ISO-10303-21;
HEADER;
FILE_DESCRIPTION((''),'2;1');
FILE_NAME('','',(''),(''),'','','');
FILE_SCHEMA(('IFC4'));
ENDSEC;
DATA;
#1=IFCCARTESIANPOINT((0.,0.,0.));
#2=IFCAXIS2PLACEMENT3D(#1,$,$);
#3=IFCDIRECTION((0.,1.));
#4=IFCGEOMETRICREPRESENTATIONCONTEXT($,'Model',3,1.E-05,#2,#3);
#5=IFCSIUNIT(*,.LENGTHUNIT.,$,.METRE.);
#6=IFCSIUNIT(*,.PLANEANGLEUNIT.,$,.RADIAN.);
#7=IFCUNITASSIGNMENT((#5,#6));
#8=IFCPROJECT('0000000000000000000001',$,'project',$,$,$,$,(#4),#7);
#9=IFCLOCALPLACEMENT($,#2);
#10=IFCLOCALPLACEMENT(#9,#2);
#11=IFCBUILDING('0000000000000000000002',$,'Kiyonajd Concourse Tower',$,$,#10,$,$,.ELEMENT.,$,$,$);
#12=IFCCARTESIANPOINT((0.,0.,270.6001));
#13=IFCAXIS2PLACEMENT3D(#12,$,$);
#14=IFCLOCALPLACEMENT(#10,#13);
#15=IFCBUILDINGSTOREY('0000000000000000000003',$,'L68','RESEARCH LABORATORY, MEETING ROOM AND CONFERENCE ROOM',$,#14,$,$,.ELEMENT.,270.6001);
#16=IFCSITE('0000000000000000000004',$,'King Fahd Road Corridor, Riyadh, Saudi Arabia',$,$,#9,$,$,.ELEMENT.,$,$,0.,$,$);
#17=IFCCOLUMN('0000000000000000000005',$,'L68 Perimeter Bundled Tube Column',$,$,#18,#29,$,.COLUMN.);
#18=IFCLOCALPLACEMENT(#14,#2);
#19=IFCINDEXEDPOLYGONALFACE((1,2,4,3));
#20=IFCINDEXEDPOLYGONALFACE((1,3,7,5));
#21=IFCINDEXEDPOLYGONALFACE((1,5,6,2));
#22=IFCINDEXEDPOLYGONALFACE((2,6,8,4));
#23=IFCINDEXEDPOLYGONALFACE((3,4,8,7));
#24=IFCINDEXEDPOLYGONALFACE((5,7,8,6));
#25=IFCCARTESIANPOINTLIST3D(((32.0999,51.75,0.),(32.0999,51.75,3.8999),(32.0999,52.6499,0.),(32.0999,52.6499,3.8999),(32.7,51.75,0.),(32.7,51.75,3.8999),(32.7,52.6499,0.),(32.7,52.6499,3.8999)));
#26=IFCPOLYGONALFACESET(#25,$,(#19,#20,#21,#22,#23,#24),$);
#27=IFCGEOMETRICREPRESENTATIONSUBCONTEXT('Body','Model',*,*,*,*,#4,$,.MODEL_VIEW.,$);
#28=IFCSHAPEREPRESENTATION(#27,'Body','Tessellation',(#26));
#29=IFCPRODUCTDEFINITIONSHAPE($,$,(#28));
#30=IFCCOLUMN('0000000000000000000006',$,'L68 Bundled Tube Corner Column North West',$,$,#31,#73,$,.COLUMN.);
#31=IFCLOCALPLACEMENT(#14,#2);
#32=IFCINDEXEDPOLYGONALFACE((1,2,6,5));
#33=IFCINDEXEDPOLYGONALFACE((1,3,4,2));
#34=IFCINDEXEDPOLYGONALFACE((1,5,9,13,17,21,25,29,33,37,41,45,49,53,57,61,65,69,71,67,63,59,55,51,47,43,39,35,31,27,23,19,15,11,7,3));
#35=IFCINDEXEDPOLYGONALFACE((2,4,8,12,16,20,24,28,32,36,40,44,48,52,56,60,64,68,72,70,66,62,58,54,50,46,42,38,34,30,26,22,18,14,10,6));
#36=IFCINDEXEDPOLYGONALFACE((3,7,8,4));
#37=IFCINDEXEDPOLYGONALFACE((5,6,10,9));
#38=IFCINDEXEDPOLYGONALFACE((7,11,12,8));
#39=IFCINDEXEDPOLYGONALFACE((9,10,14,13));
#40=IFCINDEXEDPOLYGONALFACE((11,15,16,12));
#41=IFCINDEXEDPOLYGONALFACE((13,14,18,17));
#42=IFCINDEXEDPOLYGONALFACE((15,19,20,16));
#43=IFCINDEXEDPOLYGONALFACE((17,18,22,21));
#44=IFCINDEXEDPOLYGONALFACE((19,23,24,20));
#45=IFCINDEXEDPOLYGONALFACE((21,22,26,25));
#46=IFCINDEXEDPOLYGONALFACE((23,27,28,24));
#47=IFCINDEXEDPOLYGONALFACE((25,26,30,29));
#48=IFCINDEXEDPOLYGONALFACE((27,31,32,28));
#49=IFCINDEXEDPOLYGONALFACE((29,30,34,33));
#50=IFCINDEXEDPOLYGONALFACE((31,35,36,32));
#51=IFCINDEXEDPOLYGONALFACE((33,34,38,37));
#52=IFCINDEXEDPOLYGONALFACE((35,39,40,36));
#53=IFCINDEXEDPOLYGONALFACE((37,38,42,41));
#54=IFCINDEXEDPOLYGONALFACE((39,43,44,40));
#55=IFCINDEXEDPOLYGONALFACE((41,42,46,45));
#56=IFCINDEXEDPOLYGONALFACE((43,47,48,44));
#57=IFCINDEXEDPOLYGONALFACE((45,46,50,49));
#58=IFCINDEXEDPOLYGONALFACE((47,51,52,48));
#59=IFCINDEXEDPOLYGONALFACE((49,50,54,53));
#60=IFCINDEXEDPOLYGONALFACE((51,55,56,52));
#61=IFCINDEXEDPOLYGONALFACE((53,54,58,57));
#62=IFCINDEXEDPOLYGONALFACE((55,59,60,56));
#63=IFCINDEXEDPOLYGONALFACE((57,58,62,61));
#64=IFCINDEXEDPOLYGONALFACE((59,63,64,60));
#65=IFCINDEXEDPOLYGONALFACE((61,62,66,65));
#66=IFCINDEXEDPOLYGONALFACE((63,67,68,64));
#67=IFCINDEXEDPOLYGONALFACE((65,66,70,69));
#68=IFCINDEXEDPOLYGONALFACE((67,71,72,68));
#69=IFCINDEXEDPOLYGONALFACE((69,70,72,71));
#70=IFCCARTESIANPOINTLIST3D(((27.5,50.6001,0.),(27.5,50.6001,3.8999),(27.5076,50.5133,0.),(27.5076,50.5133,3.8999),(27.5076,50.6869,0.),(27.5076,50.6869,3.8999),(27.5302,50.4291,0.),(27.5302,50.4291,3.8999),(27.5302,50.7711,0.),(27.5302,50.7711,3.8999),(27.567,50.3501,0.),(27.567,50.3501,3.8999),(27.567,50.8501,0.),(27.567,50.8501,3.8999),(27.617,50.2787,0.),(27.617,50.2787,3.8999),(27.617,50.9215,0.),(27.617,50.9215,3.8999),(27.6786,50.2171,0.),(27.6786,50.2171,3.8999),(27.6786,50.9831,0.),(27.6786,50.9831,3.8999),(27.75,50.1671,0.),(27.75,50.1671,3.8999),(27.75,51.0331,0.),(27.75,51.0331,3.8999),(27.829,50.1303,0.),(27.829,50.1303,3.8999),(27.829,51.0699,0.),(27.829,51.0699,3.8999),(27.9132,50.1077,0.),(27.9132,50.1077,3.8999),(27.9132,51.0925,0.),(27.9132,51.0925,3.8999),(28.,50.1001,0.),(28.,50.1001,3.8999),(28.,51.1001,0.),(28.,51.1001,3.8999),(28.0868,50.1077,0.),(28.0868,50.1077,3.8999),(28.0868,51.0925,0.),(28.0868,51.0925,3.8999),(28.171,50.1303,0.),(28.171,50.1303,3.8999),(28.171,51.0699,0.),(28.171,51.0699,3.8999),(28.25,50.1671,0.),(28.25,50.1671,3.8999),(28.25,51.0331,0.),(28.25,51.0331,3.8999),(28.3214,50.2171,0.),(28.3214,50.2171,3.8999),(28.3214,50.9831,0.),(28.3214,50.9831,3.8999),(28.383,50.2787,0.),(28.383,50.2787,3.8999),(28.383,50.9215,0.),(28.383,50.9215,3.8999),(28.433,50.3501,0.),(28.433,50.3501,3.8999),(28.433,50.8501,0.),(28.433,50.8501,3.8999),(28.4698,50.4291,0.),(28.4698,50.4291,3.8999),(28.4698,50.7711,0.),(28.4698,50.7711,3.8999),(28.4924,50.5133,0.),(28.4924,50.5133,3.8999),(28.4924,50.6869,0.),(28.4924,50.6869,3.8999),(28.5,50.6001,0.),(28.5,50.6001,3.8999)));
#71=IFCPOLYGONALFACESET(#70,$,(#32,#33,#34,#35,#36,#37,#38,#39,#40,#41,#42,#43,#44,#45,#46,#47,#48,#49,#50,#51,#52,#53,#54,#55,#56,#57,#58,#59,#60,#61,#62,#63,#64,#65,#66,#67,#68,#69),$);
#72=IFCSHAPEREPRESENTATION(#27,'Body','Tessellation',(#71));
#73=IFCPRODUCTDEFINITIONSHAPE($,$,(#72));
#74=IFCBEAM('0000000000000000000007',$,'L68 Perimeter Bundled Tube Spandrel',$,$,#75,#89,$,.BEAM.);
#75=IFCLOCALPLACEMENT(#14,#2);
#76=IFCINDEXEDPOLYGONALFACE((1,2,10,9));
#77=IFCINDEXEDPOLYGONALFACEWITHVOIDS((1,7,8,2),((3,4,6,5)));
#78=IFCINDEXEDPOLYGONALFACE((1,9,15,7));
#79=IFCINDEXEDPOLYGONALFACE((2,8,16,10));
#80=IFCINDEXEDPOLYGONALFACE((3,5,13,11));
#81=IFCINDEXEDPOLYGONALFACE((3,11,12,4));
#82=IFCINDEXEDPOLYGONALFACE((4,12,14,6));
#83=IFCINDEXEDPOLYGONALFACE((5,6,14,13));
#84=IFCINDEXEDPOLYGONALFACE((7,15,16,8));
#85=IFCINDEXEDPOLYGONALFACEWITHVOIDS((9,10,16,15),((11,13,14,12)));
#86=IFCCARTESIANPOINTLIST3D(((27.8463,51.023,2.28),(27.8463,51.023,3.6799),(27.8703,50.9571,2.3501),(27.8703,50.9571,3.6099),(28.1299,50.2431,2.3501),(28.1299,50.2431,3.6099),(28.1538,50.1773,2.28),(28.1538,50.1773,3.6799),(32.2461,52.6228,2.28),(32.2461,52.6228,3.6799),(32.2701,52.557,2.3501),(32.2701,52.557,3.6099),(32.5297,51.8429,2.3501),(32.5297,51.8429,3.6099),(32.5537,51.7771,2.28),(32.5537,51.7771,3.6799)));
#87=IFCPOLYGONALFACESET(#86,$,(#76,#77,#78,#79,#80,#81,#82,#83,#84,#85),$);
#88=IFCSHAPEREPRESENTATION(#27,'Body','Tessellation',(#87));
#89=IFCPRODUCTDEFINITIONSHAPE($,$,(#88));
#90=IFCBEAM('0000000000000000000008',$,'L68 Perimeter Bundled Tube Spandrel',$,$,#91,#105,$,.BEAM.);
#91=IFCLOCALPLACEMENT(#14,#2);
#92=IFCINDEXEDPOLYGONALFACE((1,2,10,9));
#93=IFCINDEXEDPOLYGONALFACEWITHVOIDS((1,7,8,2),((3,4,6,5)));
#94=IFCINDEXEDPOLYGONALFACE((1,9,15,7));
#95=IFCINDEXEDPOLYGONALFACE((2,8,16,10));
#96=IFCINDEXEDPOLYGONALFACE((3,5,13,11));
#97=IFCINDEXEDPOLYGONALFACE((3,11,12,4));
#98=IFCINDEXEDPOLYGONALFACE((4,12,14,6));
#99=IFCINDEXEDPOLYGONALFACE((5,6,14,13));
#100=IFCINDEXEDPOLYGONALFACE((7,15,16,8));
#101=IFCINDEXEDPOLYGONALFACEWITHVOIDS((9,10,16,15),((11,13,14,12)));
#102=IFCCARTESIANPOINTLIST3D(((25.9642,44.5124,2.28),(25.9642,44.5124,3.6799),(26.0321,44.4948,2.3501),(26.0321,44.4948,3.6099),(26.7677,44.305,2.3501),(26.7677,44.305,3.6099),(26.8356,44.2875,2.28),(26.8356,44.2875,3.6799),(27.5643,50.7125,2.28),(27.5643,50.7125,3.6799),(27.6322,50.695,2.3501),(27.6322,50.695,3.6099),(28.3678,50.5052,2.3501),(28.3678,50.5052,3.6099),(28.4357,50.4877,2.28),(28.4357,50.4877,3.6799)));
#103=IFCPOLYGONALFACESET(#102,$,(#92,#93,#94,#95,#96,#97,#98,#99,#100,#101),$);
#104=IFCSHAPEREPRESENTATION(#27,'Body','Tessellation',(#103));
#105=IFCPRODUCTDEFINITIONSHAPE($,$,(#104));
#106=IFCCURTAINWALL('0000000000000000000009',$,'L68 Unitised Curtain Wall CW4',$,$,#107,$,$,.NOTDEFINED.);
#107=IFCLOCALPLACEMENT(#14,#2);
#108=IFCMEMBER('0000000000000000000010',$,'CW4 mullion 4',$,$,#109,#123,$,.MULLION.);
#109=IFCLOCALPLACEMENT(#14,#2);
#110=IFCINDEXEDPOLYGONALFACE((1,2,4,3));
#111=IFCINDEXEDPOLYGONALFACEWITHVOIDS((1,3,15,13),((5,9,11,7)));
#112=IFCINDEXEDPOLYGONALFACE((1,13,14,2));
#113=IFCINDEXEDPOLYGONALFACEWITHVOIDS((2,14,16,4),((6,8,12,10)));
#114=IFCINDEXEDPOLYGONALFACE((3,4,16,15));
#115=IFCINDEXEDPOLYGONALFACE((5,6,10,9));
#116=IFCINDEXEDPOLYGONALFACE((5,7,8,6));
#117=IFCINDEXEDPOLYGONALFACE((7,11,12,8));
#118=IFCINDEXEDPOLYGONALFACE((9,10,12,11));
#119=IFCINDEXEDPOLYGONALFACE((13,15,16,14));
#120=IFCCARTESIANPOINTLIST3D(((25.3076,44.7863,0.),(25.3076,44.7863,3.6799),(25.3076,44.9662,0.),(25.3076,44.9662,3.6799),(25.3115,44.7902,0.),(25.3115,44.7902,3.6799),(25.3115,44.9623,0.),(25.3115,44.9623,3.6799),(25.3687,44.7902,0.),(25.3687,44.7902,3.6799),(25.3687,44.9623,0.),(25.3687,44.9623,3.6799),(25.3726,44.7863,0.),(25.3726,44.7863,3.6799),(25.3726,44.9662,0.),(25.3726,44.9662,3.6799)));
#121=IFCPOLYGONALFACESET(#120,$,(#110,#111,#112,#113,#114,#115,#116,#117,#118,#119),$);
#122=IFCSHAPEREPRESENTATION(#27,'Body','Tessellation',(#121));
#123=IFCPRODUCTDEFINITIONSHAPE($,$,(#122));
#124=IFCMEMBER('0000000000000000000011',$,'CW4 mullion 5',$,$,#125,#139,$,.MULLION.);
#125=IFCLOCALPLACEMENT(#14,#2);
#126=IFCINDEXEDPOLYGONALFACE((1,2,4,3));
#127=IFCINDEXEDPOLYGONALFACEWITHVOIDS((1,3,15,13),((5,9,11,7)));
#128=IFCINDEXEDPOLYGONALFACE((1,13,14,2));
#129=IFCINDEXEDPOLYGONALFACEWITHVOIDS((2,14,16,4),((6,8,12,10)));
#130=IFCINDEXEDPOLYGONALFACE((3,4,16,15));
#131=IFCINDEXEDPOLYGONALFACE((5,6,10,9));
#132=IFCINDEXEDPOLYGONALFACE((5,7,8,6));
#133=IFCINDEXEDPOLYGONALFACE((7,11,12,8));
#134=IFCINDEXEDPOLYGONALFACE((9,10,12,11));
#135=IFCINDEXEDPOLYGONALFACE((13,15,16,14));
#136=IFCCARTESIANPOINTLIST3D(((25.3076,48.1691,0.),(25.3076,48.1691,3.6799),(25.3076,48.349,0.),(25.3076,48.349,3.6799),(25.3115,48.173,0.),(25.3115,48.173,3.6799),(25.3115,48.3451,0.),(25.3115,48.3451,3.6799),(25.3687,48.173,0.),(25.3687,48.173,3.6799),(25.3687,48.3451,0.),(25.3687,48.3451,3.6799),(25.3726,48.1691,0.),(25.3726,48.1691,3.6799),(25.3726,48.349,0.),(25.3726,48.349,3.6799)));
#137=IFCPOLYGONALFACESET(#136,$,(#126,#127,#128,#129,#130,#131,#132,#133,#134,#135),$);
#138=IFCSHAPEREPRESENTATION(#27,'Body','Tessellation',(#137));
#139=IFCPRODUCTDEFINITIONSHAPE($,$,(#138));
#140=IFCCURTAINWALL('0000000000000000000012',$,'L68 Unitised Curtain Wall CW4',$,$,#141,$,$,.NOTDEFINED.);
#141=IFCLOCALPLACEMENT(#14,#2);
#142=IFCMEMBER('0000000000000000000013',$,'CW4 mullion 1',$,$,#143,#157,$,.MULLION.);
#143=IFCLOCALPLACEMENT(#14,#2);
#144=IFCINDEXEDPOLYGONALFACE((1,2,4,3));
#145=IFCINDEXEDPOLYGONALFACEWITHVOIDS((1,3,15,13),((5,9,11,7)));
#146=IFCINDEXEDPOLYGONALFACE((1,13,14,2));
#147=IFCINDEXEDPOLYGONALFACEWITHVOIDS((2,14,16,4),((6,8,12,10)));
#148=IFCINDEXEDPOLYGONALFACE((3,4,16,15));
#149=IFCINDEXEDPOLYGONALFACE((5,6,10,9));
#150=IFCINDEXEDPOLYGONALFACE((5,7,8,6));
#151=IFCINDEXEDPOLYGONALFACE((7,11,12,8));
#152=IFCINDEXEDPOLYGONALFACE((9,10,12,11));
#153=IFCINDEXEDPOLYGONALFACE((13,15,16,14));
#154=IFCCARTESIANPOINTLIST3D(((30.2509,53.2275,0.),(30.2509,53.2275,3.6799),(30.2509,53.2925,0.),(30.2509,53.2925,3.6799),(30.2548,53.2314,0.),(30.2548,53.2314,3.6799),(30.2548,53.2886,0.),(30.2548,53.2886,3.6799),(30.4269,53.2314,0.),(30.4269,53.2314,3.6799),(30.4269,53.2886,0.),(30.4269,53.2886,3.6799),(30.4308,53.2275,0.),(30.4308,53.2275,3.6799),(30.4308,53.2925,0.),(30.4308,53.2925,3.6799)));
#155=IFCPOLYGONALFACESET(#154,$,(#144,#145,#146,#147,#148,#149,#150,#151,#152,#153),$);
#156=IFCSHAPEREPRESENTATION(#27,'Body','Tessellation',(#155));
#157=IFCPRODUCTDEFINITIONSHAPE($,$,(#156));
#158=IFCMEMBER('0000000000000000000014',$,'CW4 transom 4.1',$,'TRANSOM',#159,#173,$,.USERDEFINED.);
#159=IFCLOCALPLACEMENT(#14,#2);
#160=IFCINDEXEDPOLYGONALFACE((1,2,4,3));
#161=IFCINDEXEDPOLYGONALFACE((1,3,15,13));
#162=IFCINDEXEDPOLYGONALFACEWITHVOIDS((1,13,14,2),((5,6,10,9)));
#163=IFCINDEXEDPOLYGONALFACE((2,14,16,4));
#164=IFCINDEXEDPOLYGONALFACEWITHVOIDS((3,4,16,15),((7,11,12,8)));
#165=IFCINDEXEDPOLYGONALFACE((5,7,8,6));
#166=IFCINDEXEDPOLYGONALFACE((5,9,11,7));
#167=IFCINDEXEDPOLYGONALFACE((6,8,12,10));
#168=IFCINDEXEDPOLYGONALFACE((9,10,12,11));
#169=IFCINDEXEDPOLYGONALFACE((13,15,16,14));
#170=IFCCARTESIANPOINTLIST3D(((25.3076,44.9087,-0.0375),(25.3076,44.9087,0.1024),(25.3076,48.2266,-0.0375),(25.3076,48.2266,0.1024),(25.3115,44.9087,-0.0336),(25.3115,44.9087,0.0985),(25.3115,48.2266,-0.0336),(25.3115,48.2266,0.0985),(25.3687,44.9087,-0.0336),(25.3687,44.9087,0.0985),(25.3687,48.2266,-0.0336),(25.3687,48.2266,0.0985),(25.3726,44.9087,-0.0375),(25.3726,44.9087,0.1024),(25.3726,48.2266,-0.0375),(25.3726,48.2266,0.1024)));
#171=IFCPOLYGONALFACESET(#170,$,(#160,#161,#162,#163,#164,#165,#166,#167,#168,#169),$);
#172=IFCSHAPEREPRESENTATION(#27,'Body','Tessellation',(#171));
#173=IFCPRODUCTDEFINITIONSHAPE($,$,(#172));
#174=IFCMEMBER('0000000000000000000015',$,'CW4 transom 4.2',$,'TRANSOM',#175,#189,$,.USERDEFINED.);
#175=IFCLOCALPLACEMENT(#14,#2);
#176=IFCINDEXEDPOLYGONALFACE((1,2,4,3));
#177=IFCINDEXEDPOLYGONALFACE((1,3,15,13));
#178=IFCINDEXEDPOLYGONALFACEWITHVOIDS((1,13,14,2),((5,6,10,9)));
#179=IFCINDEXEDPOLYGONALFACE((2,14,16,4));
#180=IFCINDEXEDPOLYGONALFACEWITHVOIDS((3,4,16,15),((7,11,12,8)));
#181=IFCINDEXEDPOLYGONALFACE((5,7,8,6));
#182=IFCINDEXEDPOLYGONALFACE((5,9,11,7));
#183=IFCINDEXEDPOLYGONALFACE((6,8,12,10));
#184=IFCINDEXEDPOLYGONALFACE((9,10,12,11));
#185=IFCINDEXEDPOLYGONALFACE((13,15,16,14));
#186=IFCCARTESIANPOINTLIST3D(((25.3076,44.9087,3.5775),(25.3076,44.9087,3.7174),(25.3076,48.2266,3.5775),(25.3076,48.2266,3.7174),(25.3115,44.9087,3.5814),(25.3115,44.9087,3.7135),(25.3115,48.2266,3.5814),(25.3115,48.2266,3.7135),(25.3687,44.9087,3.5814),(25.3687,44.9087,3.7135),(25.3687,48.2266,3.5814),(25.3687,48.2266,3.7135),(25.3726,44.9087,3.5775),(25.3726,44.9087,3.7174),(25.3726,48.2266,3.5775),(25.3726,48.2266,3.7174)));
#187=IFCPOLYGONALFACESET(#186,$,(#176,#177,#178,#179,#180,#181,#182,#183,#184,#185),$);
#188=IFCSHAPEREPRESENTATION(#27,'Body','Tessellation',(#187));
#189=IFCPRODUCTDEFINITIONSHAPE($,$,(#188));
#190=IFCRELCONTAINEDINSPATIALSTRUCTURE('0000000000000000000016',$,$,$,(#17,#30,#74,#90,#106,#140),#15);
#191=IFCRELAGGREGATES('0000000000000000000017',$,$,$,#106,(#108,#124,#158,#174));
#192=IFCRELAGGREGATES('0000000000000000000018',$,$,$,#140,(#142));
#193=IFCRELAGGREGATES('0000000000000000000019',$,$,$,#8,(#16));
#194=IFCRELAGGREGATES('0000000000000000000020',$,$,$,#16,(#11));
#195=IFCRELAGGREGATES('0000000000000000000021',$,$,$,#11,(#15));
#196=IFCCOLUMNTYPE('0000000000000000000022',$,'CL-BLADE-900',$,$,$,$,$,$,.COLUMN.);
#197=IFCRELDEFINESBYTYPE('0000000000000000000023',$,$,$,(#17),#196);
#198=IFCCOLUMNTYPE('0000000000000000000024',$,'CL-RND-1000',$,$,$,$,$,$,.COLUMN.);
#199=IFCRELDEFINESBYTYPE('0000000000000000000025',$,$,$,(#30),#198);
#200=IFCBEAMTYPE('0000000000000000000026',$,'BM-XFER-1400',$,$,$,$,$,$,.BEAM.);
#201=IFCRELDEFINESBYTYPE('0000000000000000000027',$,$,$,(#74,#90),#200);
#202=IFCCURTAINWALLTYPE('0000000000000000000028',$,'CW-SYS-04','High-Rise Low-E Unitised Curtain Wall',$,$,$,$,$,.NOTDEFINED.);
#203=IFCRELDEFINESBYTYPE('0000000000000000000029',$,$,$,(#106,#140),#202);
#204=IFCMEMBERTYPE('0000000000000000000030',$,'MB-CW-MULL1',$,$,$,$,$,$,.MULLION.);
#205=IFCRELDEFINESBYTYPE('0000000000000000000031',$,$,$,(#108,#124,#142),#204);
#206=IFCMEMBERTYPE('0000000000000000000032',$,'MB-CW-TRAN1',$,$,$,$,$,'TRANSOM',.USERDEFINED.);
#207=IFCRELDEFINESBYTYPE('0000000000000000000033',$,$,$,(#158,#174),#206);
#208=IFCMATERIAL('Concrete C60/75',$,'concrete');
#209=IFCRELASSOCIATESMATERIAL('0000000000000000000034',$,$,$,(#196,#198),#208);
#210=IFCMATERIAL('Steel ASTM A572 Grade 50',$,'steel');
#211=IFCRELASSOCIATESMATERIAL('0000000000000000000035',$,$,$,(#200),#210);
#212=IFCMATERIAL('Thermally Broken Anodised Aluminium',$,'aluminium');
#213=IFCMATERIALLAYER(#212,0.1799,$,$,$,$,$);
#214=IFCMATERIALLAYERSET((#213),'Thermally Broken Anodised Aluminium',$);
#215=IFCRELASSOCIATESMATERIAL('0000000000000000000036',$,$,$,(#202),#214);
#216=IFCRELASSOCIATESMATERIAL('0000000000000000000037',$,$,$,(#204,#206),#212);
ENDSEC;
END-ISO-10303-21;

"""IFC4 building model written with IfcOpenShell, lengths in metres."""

from ifc_helpers import new_model, si_unit, direction, frame, origin, origin_2d, place, context, subcontext, project, spatial, rectangle, hollow_rectangle, circle, extrude, material, layer, layer_set, material_profile, profile_set, type_object, element, aggregate, save


model = new_model("IFC4")

# Units and contexts
model_context = context("Model", 3, precision=1e-05, world=origin(), true_north=direction((0.0, 1.0)))
body_context = subcontext(model_context, "Body", "Model", "MODEL_VIEW")
ifc_project = project(units=[si_unit("LENGTHUNIT", "METRE"), si_unit("PLANEANGLEUNIT", "RADIAN")], contexts=[model_context])

# Site, building, storey
site_placement = place(None, origin())
site = spatial("IfcSite", under=ifc_project, at=site_placement, Name="King Fahd Road Corridor, Riyadh, Saudi Arabia", CompositionType="ELEMENT", RefElevation=0.0)
building_placement = place(site_placement, origin())
building = spatial("IfcBuilding", under=site, at=building_placement, Name="Kiyonajd Concourse Tower", CompositionType="ELEMENT")
storey_placement = place(building_placement, frame((0.0, 0.0, 270.6001)))
storey = spatial("IfcBuildingStorey", under=building, at=storey_placement, Name="L68", Description="RESEARCH LABORATORY, MEETING ROOM AND CONFERENCE ROOM", CompositionType="ELEMENT", Elevation=270.6001)

# Columns
ifc_material_1 = material(Name="Concrete C60/75", Category="concrete")
ifc_material_profile_1 = material_profile(ifc_material_1, rectangle(XDim=0.6001, YDim=0.8999, at=origin_2d()), Name="RC-900x600")
ifc_profile_set_1 = profile_set([ifc_material_profile_1], Name="Concrete C60/75")
column_type_1 = type_object("IfcColumnType", Name="CL-BLADE-900", PredefinedType="COLUMN", material=ifc_profile_set_1)
column_1_placement = place(storey_placement, frame((32.3999, 52.2, 0.0), z_axis=(0.0, 0.0, 1.0), x_axis=(1.0, 0.0, 0.0)))
element("IfcColumn", 1, at=column_1_placement, inside=storey, type_object=column_type_1, Name="L68 Perimeter Bundled Tube Column", PredefinedType="COLUMN", context=body_context, shape_type="SweptSolid", body=[
    extrude(rectangle(XDim=0.6001, YDim=0.8999, at=origin_2d()), origin(), (0.0, 0.0, 1.0), 3.8999),
])
ifc_material_profile_2 = material_profile(ifc_material_1, circle(Radius=0.5, at=origin_2d()), Name="RCC-D1000")
ifc_profile_set_2 = profile_set([ifc_material_profile_2], Name="Concrete C60/75")
column_type_2 = type_object("IfcColumnType", Name="CL-RND-1000", PredefinedType="COLUMN", material=ifc_profile_set_2)
column_2_placement = place(storey_placement, frame((28.0, 50.6001, 0.0), z_axis=(0.0, 0.0, 1.0), x_axis=(1.0, 0.0, 0.0)))
element("IfcColumn", 2, at=column_2_placement, inside=storey, type_object=column_type_2, Name="L68 Bundled Tube Corner Column North West", PredefinedType="COLUMN", context=body_context, shape_type="SweptSolid", body=[
    extrude(circle(Radius=0.5, at=origin_2d()), origin(), (0.0, 0.0, 1.0), 3.8999),
])

# Beams
ifc_material_2 = material(Name="Steel ASTM A572 Grade 50", Category="steel")
ifc_material_profile_3 = material_profile(ifc_material_2, hollow_rectangle(XDim=0.8999, YDim=1.3999, WallThickness=0.0701, at=origin_2d()), Name="BOX-1400x900x70")
ifc_profile_set_3 = profile_set([ifc_material_profile_3], Name="Steel ASTM A572 Grade 50")
beam_type = type_object("IfcBeamType", Name="BM-XFER-1400", PredefinedType="BEAM", material=ifc_profile_set_3)
beam_1_placement = place(storey_placement, frame((32.3999, 52.2, 2.98), z_axis=(-0.939801, -0.341722, 0.0), x_axis=(0.341722, -0.939801, 0.0)))
element("IfcBeam", 3, at=beam_1_placement, inside=storey, type_object=beam_type, Name="L68 Perimeter Bundled Tube Spandrel", PredefinedType="BEAM", context=body_context, shape_type="SweptSolid", body=[
    extrude(hollow_rectangle(XDim=0.8999, YDim=1.3999, WallThickness=0.0701, at=origin_2d()), origin(), (0.0, 0.0, 1.0), 4.6816),
])
beam_2_placement = place(storey_placement, frame((28.0, 50.6001, 2.98), z_axis=(-0.249885, -0.968276, 0.0), x_axis=(0.968276, -0.249885, 0.0)))
element("IfcBeam", 4, at=beam_2_placement, inside=storey, type_object=beam_type, Name="L68 Perimeter Bundled Tube Spandrel", PredefinedType="BEAM", context=body_context, shape_type="SweptSolid", body=[
    extrude(hollow_rectangle(XDim=0.8999, YDim=1.3999, WallThickness=0.0701, at=origin_2d()), origin(), (0.0, 0.0, 1.0), 6.4033),
])

# Curtain wall, members
ifc_material_3 = material(Name="Thermally Broken Anodised Aluminium", Category="aluminium")
ifc_layer_1 = layer(ifc_material_3, 0.1799)
ifc_layer_set_1 = layer_set([ifc_layer_1], Name="Thermally Broken Anodised Aluminium")
curtain_wall_type = type_object("IfcCurtainWallType", Name="CW-SYS-04", Description="High-Rise Low-E Unitised Curtain Wall", PredefinedType="NOTDEFINED", material=ifc_layer_set_1)
curtain_wall_1_placement = place(storey_placement, origin())
curtain_wall_1 = element("IfcCurtainWall", 5, at=curtain_wall_1_placement, inside=storey, type_object=curtain_wall_type, Name="L68 Unitised Curtain Wall CW4", PredefinedType="NOTDEFINED")
ifc_material_profile_4 = material_profile(ifc_material_3, hollow_rectangle(XDim=0.0649, YDim=0.1799, WallThickness=0.0039, at=origin_2d()), Name="MULL-65x180")
ifc_profile_set_4 = profile_set([ifc_material_profile_4], Name="Thermally Broken Anodised Aluminium")
member_type_1 = type_object("IfcMemberType", Name="MB-CW-MULL1", PredefinedType="MULLION", material=ifc_profile_set_4)
member_1_placement = place(storey_placement, frame((25.3401, 44.8762, 0.0), z_axis=(0.0, 0.0, 1.0), x_axis=(-1.0, 0.0, 0.0)))
member_1 = element("IfcMember", 6, at=member_1_placement, type_object=member_type_1, Name="CW4 mullion 4", PredefinedType="MULLION", context=body_context, shape_type="SweptSolid", body=[
    extrude(hollow_rectangle(XDim=0.0649, YDim=0.1799, WallThickness=0.0039, at=origin_2d()), origin(), (0.0, 0.0, 1.0), 3.6799),
])
member_2_placement = place(storey_placement, frame((25.3401, 48.259, 0.0), z_axis=(0.0, 0.0, 1.0), x_axis=(-1.0, 0.0, 0.0)))
member_2 = element("IfcMember", 7, at=member_2_placement, type_object=member_type_1, Name="CW4 mullion 5", PredefinedType="MULLION", context=body_context, shape_type="SweptSolid", body=[
    extrude(hollow_rectangle(XDim=0.0649, YDim=0.1799, WallThickness=0.0039, at=origin_2d()), origin(), (0.0, 0.0, 1.0), 3.6799),
])

# Curtain wall, member
curtain_wall_2_placement = place(storey_placement, origin())
curtain_wall_2 = element("IfcCurtainWall", 8, at=curtain_wall_2_placement, inside=storey, type_object=curtain_wall_type, Name="L68 Unitised Curtain Wall CW4", PredefinedType="NOTDEFINED")
member_3_placement = place(storey_placement, frame((30.3408, 53.26, 0.0), z_axis=(0.0, 0.0, 1.0), x_axis=(0.0, 1.0, 0.0)))
member_3 = element("IfcMember", 9, at=member_3_placement, type_object=member_type_1, Name="CW4 mullion 1", PredefinedType="MULLION", context=body_context, shape_type="SweptSolid", body=[
    extrude(hollow_rectangle(XDim=0.0649, YDim=0.1799, WallThickness=0.0039, at=origin_2d()), origin(), (0.0, 0.0, 1.0), 3.6799),
])

# Members
ifc_material_profile_5 = material_profile(ifc_material_3, hollow_rectangle(XDim=0.0649, YDim=0.1399, WallThickness=0.0039, at=origin_2d()), Name="TRAN-65x140")
ifc_profile_set_5 = profile_set([ifc_material_profile_5], Name="Thermally Broken Anodised Aluminium")
member_type_2 = type_object("IfcMemberType", Name="MB-CW-TRAN1", ElementType="TRANSOM", PredefinedType="USERDEFINED", material=ifc_profile_set_5)
member_4_placement = place(storey_placement, frame((25.3401, 44.9087, 0.0325), z_axis=(0.0, 1.0, 0.0), x_axis=(-1.0, 0.0, 0.0)))
member_4 = element("IfcMember", 10, at=member_4_placement, type_object=member_type_2, Name="CW4 transom 4.1", ObjectType="TRANSOM", PredefinedType="USERDEFINED", context=body_context, shape_type="SweptSolid", body=[
    extrude(hollow_rectangle(XDim=0.0649, YDim=0.1399, WallThickness=0.0039, at=origin_2d()), origin(), (0.0, 0.0, 1.0), 3.3179),
])
member_5_placement = place(storey_placement, frame((25.3401, 44.9087, 3.6475), z_axis=(0.0, 1.0, 0.0), x_axis=(-1.0, 0.0, 0.0)))
member_5 = element("IfcMember", 11, at=member_5_placement, type_object=member_type_2, Name="CW4 transom 4.2", ObjectType="TRANSOM", PredefinedType="USERDEFINED", context=body_context, shape_type="SweptSolid", body=[
    extrude(hollow_rectangle(XDim=0.0649, YDim=0.1399, WallThickness=0.0039, at=origin_2d()), origin(), (0.0, 0.0, 1.0), 3.3179),
])

aggregate(curtain_wall_1, [member_1, member_2, member_4, member_5])
aggregate(curtain_wall_2, [member_3])

save(model, "model.ifc")
